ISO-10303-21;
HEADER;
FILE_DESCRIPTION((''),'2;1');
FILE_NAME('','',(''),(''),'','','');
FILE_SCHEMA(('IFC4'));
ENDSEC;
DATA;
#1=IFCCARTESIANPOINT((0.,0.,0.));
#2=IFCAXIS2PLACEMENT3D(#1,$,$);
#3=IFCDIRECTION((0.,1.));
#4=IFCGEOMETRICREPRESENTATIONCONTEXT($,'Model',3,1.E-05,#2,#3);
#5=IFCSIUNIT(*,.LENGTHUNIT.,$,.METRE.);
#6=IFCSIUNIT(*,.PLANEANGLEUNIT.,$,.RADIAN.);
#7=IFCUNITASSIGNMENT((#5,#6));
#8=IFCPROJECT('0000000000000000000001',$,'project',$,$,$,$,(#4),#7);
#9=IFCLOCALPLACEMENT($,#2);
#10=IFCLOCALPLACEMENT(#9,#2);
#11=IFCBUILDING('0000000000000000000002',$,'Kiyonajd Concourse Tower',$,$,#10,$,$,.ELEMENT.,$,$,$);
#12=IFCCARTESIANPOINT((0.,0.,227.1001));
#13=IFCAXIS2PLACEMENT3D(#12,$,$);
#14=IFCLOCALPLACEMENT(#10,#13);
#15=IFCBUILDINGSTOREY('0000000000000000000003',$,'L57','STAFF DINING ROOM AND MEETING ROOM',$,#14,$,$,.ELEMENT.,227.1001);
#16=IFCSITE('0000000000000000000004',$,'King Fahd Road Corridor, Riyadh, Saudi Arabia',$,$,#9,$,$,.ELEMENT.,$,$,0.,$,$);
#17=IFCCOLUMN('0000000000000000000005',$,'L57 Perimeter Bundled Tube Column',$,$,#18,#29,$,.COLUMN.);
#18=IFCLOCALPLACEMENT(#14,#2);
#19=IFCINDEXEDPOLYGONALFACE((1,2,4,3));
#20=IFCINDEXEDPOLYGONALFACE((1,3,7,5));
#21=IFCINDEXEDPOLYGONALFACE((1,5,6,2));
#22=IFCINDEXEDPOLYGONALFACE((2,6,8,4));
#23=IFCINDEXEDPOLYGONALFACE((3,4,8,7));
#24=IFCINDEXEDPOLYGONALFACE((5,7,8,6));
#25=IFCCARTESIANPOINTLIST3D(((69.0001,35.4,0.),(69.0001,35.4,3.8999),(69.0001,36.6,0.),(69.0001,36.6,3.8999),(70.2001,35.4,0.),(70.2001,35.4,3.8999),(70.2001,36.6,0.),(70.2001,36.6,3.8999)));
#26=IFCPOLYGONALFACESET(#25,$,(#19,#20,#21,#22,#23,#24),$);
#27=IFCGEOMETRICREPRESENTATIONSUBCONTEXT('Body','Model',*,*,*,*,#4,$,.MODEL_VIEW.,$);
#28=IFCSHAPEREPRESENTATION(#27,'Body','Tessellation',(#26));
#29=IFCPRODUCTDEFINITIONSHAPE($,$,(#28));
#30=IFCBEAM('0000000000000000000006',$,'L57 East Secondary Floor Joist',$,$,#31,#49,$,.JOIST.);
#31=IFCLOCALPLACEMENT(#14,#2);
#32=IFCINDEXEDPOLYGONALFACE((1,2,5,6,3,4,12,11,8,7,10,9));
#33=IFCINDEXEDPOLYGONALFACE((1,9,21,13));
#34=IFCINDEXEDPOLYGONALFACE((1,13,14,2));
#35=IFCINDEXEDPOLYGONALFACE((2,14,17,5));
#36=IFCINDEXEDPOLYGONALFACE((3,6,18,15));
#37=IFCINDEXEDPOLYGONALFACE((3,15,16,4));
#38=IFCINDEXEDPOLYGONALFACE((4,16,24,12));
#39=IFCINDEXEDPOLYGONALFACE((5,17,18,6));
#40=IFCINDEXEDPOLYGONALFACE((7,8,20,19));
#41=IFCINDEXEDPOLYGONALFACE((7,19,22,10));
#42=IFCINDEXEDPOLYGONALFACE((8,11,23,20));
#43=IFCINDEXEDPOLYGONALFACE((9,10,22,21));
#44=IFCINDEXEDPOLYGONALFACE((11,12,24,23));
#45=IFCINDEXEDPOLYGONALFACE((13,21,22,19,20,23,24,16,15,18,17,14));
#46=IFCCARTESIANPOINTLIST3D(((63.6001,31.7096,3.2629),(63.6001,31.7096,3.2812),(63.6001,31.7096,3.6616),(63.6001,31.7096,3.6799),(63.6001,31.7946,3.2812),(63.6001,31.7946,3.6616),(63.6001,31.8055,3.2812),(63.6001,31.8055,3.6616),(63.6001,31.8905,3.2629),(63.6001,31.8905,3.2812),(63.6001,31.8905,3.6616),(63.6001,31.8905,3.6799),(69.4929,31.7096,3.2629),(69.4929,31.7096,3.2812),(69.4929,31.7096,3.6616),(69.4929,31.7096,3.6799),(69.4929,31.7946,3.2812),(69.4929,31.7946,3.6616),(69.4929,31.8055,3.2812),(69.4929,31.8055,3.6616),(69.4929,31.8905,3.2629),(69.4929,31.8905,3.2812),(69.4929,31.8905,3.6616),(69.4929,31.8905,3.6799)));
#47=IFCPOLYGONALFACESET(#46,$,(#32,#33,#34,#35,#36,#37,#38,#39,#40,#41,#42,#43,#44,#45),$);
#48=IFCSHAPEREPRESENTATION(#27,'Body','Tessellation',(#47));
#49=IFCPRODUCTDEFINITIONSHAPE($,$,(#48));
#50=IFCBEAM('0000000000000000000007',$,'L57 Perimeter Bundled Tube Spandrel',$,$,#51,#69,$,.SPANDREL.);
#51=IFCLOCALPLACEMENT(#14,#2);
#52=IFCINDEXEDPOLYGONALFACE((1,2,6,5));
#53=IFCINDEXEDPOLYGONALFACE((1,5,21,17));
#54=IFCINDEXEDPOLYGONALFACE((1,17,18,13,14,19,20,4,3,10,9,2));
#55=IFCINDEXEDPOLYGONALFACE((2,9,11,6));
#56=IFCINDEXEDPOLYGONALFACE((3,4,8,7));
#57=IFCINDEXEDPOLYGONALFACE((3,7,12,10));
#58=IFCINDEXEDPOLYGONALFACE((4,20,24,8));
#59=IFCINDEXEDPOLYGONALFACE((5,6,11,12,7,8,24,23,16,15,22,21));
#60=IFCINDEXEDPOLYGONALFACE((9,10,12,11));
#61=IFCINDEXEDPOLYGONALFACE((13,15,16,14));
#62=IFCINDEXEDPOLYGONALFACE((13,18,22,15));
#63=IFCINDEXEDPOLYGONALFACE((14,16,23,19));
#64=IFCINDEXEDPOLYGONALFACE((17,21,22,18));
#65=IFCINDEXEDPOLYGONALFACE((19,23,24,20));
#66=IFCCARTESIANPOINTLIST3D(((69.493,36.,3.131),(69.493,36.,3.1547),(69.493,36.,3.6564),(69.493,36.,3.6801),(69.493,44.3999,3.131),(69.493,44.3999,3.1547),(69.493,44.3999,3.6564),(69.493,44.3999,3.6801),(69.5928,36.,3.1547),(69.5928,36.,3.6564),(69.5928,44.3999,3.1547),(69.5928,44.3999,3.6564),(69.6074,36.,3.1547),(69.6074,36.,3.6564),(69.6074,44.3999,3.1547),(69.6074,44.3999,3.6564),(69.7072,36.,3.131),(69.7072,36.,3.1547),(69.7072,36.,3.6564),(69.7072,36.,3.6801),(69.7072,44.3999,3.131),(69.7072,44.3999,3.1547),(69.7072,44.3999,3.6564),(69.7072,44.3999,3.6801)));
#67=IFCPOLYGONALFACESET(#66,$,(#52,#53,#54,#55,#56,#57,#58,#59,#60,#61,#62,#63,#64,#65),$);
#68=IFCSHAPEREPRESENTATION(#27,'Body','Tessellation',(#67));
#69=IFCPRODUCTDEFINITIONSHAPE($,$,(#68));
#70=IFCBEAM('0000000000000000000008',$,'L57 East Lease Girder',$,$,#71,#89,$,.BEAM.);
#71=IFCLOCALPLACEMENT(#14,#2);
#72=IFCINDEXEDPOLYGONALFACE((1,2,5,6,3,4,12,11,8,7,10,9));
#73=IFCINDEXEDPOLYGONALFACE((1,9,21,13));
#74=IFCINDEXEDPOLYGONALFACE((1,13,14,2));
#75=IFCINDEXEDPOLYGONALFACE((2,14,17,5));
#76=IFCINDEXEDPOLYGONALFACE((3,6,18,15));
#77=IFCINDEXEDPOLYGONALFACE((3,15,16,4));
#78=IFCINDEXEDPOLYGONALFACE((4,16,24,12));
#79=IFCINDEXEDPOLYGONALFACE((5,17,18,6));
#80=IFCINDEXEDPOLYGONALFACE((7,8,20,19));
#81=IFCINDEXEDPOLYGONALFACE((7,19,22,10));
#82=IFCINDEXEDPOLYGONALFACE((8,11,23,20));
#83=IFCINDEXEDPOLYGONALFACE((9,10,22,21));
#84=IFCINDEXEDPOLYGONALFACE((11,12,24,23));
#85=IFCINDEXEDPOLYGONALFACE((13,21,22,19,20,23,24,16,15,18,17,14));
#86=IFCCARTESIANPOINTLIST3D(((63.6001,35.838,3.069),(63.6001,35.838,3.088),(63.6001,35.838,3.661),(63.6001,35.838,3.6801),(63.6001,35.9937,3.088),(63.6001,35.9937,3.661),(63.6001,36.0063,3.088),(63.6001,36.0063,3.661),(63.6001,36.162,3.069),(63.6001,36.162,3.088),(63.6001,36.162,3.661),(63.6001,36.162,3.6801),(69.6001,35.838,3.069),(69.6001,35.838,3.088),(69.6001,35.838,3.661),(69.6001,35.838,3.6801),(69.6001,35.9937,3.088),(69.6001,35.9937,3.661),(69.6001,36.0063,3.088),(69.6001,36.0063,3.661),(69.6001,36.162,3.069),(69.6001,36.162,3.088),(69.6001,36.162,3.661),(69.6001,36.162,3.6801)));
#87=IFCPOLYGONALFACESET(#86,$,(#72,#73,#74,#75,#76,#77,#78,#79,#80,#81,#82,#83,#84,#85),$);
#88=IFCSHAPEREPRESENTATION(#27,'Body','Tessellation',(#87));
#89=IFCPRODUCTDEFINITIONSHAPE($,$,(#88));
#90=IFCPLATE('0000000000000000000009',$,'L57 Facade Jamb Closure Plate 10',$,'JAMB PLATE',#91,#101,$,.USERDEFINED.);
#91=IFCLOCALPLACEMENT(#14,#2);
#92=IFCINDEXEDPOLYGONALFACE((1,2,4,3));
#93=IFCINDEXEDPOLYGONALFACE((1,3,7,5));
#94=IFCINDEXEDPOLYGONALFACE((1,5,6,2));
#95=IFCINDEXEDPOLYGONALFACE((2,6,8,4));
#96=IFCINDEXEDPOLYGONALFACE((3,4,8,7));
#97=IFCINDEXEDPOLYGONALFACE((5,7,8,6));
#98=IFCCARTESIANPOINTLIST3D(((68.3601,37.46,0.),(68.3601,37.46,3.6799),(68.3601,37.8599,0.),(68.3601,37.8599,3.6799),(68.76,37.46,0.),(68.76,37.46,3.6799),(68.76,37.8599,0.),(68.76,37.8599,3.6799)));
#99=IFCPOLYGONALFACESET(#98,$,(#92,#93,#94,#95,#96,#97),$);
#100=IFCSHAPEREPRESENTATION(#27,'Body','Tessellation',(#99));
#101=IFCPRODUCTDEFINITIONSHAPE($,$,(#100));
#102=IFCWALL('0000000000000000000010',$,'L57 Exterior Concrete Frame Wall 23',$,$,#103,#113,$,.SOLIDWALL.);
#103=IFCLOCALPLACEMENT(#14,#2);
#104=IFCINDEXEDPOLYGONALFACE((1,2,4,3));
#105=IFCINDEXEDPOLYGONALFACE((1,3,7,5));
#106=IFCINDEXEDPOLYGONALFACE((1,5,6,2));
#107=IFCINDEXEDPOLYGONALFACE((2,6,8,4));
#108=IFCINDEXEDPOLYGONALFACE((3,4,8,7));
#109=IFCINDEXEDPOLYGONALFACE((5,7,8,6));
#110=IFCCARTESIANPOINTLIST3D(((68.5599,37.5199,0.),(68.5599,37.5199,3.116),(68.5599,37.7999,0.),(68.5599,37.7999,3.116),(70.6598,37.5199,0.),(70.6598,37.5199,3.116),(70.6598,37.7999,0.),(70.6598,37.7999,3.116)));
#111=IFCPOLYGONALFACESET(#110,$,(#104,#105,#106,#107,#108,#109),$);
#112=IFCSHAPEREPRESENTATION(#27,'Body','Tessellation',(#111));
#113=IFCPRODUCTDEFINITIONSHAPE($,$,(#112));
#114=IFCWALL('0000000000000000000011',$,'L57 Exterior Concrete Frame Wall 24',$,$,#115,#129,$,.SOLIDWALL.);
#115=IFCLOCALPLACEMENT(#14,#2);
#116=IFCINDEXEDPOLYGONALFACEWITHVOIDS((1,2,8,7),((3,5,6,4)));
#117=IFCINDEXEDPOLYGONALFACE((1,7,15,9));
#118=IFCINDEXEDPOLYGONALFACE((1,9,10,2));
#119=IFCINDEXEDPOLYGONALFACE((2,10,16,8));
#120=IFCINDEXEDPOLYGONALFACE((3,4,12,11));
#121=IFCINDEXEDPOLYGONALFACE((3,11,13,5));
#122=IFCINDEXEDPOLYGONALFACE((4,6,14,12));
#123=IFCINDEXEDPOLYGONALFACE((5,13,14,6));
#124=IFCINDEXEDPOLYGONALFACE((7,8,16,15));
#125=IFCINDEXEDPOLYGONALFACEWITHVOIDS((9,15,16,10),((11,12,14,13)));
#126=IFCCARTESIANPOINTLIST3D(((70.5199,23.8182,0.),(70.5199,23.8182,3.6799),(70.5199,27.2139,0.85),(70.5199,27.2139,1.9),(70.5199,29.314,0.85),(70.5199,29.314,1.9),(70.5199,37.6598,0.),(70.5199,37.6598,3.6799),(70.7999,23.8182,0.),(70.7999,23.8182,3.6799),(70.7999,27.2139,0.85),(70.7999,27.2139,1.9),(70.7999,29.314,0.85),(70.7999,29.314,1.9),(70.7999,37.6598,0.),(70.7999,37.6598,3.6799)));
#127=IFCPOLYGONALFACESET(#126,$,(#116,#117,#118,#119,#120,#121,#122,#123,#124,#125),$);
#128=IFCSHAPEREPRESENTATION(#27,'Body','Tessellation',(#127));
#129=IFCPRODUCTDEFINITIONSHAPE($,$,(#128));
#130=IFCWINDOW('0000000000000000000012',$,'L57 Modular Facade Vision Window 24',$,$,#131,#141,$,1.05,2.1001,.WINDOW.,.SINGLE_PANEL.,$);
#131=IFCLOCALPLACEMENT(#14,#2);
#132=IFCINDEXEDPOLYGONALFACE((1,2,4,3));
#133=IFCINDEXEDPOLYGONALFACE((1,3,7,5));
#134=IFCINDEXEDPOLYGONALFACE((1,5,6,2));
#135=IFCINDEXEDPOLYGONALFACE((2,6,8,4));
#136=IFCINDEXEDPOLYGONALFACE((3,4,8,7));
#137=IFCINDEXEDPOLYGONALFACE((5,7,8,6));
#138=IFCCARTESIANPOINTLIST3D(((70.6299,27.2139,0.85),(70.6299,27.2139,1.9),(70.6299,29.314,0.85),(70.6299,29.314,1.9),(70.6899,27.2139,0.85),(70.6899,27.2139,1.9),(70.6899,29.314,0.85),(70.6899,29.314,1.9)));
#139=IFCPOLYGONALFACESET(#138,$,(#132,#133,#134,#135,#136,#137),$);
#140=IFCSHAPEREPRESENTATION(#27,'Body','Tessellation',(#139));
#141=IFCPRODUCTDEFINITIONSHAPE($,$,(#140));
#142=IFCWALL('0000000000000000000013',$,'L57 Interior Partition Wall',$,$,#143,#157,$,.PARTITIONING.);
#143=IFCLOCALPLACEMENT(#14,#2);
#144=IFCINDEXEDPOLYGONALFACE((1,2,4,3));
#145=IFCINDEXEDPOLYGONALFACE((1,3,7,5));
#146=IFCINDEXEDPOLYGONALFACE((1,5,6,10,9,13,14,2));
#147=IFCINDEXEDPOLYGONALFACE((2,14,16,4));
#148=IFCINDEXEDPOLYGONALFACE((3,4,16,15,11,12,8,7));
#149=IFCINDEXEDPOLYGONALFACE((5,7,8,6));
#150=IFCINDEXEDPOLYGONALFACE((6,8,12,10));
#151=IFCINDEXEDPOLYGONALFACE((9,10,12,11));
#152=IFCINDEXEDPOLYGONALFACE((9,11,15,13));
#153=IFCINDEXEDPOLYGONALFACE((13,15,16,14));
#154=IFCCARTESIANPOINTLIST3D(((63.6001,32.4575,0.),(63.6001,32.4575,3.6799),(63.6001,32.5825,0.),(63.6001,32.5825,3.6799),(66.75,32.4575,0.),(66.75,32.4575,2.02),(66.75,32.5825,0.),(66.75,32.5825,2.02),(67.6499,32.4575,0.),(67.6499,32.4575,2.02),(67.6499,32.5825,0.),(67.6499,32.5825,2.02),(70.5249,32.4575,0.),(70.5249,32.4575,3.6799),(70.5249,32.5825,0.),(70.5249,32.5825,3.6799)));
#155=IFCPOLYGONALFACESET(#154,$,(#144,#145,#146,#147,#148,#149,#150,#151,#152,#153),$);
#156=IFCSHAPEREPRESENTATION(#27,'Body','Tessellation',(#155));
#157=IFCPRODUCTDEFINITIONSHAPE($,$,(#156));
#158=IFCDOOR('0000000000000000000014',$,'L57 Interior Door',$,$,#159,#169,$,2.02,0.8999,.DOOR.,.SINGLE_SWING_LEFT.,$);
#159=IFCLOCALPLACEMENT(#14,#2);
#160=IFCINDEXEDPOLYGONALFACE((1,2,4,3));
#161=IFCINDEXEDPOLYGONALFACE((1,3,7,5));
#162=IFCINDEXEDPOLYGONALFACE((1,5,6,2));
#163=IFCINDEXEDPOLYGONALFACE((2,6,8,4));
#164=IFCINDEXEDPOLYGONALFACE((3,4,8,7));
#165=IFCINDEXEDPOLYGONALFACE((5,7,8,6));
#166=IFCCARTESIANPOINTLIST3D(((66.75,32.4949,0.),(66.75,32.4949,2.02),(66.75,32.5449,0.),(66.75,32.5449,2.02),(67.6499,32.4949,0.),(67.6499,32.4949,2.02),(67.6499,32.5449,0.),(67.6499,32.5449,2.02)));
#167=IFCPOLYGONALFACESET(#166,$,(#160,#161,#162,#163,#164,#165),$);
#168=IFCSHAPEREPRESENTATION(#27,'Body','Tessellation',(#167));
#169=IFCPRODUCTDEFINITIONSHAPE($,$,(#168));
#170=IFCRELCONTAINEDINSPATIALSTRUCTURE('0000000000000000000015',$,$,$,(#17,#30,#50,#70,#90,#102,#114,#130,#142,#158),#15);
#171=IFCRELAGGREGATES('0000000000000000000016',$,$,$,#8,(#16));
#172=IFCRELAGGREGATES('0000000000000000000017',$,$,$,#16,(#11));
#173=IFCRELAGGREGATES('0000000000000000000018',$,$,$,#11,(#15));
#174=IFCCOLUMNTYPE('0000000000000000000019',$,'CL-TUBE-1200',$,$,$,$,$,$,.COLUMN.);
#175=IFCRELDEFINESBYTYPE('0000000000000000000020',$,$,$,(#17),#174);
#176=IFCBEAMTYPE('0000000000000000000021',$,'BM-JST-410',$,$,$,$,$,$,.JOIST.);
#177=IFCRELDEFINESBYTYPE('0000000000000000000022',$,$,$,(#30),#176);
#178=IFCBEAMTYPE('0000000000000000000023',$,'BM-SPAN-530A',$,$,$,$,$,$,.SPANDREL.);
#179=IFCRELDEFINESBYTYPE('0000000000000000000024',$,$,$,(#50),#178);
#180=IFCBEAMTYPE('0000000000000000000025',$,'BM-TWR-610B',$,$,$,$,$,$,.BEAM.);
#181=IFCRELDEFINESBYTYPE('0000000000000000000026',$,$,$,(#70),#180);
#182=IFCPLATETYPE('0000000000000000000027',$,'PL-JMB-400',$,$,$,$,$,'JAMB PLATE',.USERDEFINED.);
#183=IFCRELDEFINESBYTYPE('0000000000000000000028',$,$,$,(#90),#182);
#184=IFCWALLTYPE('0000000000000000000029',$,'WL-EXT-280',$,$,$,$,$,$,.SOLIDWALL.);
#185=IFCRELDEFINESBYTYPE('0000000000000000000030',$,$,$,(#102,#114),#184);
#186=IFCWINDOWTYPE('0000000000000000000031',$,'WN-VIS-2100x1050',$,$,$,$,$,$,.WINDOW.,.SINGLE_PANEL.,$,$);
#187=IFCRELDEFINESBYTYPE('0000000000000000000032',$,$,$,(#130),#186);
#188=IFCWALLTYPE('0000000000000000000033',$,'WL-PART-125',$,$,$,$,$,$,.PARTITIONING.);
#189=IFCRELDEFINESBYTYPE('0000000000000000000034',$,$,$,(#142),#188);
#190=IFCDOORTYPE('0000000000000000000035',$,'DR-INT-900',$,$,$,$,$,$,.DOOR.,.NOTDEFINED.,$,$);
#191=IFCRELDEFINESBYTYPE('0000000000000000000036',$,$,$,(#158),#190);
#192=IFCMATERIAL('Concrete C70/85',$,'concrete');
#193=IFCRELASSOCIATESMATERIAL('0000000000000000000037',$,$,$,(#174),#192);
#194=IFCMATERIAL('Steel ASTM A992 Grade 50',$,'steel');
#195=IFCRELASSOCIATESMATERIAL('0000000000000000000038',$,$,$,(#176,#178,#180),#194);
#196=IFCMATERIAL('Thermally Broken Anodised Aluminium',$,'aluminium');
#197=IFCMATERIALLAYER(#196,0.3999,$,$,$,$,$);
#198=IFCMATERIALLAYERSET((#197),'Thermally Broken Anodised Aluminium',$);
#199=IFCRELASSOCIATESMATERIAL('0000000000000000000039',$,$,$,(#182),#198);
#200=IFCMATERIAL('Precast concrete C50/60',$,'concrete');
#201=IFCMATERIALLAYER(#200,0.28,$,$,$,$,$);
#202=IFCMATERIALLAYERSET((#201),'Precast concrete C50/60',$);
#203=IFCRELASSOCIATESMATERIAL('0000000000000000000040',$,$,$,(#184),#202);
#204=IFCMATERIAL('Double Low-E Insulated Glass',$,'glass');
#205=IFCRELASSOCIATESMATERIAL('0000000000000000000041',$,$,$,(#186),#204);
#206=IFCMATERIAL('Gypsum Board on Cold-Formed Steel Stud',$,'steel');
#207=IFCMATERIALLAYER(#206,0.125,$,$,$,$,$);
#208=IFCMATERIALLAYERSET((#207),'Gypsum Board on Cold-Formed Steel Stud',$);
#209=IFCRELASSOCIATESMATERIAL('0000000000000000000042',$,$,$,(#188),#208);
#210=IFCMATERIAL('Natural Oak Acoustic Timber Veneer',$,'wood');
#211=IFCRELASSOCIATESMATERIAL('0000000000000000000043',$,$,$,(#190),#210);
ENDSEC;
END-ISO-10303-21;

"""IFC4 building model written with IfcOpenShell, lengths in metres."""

from ifc_helpers import new_model, si_unit, direction, frame, frame_2d, origin, origin_2d, place, context, subcontext, project, spatial, rectangle, i_section, extrude, material, layer, layer_set, material_profile, profile_set, type_object, element, fill, save


model = new_model("IFC4")

# Units and contexts
model_context = context("Model", 3, precision=1e-05, world=origin(), true_north=direction((0.0, 1.0)))
body_context = subcontext(model_context, "Body", "Model", "MODEL_VIEW")
ifc_project = project(units=[si_unit("LENGTHUNIT", "METRE"), si_unit("PLANEANGLEUNIT", "RADIAN")], contexts=[model_context])

# Site, building, storey
site_placement = place(None, origin())
site = spatial("IfcSite", under=ifc_project, at=site_placement, Name="King Fahd Road Corridor, Riyadh, Saudi Arabia", CompositionType="ELEMENT", RefElevation=0.0)
building_placement = place(site_placement, origin())
building = spatial("IfcBuilding", under=site, at=building_placement, Name="Kiyonajd Concourse Tower", CompositionType="ELEMENT")
storey_placement = place(building_placement, frame((0.0, 0.0, 227.1001)))
storey = spatial("IfcBuildingStorey", under=building, at=storey_placement, Name="L57", Description="STAFF DINING ROOM AND MEETING ROOM", CompositionType="ELEMENT", Elevation=227.1001)

# Column
ifc_material_1 = material(Name="Concrete C70/85", Category="concrete")
ifc_material_profile_1 = material_profile(ifc_material_1, rectangle(XDim=1.2, YDim=1.2, at=origin_2d()), Name="RC-1200x1200")
ifc_profile_set_1 = profile_set([ifc_material_profile_1], Name="Concrete C70/85")
column_type = type_object("IfcColumnType", Name="CL-TUBE-1200", PredefinedType="COLUMN", material=ifc_profile_set_1)
column_placement = place(storey_placement, frame((69.6001, 36.0, 0.0), z_axis=(0.0, 0.0, 1.0), x_axis=(1.0, 0.0, 0.0)))
element("IfcColumn", 1, at=column_placement, inside=storey, type_object=column_type, Name="L57 Perimeter Bundled Tube Column", PredefinedType="COLUMN", context=body_context, shape_type="SweptSolid", body=[
    extrude(rectangle(XDim=1.2, YDim=1.2, at=origin_2d()), origin(), (0.0, 0.0, 1.0), 3.8999),
])

# Beams
ifc_material_2 = material(Name="Steel ASTM A992 Grade 50", Category="steel")
ifc_material_profile_2 = material_profile(ifc_material_2, i_section(OverallWidth=0.1809, OverallDepth=0.417, WebThickness=0.011, FlangeThickness=0.0183, at=origin_2d()), Name="W410X85")
ifc_profile_set_2 = profile_set([ifc_material_profile_2], Name="Steel ASTM A992 Grade 50")
beam_type_1 = type_object("IfcBeamType", Name="BM-JST-410", PredefinedType="JOIST", material=ifc_profile_set_2)
beam_1_placement = place(storey_placement, frame((63.6001, 31.8, 3.4714), z_axis=(1.0, 0.0, 0.0), x_axis=(0.0, 1.0, 0.0)))
element("IfcBeam", 2, at=beam_1_placement, inside=storey, type_object=beam_type_1, Name="L57 East Secondary Floor Joist", PredefinedType="JOIST", context=body_context, shape_type="SweptSolid", body=[
    extrude(i_section(OverallWidth=0.1809, OverallDepth=0.417, WebThickness=0.011, FlangeThickness=0.0183, at=origin_2d()), origin(), (0.0, 0.0, 1.0), 5.8928),
])
ifc_material_profile_3 = material_profile(ifc_material_2, i_section(OverallWidth=0.2141, OverallDepth=0.5491, WebThickness=0.0146, FlangeThickness=0.0237, at=origin_2d()), Name="W530X138")
ifc_profile_set_3 = profile_set([ifc_material_profile_3], Name="Steel ASTM A992 Grade 50")
beam_type_2 = type_object("IfcBeamType", Name="BM-SPAN-530A", PredefinedType="SPANDREL", material=ifc_profile_set_3)
beam_2_placement = place(storey_placement, frame((69.6001, 36.0, 3.4055), z_axis=(0.0, 1.0, 0.0), x_axis=(-1.0, 0.0, 0.0)))
element("IfcBeam", 3, at=beam_2_placement, inside=storey, type_object=beam_type_2, Name="L57 Perimeter Bundled Tube Spandrel", PredefinedType="SPANDREL", context=body_context, shape_type="SweptSolid", body=[
    extrude(i_section(OverallWidth=0.2141, OverallDepth=0.5491, WebThickness=0.0146, FlangeThickness=0.0237, at=origin_2d()), origin(), (0.0, 0.0, 1.0), 8.3999),
])
ifc_material_profile_4 = material_profile(ifc_material_2, i_section(OverallWidth=0.324, OverallDepth=0.6111, WebThickness=0.0127, FlangeThickness=0.019, at=origin_2d()), Name="W610X155")
ifc_profile_set_4 = profile_set([ifc_material_profile_4], Name="Steel ASTM A992 Grade 50")
beam_type_3 = type_object("IfcBeamType", Name="BM-TWR-610B", PredefinedType="BEAM", material=ifc_profile_set_4)
beam_3_placement = place(storey_placement, frame((63.6001, 36.0, 3.3745), z_axis=(1.0, 0.0, 0.0), x_axis=(0.0, 1.0, 0.0)))
element("IfcBeam", 4, at=beam_3_placement, inside=storey, type_object=beam_type_3, Name="L57 East Lease Girder", PredefinedType="BEAM", context=body_context, shape_type="SweptSolid", body=[
    extrude(i_section(OverallWidth=0.324, OverallDepth=0.6111, WebThickness=0.0127, FlangeThickness=0.019, at=origin_2d()), origin(), (0.0, 0.0, 1.0), 6.0),
])

# Plate
ifc_material_3 = material(Name="Thermally Broken Anodised Aluminium", Category="aluminium")
ifc_layer_1 = layer(ifc_material_3, 0.3999)
ifc_layer_set_1 = layer_set([ifc_layer_1], Name="Thermally Broken Anodised Aluminium")
plate_type = type_object("IfcPlateType", Name="PL-JMB-400", ElementType="JAMB PLATE", PredefinedType="USERDEFINED", material=ifc_layer_set_1)
plate_placement = place(storey_placement, frame((68.5601, 37.6599, 0.0), z_axis=(0.0, 0.0, 1.0), x_axis=(1.0, 0.0, 0.0)))
element("IfcPlate", 5, at=plate_placement, inside=storey, type_object=plate_type, Name="L57 Facade Jamb Closure Plate 10", ObjectType="JAMB PLATE", PredefinedType="USERDEFINED", context=body_context, shape_type="SweptSolid", body=[
    extrude(rectangle(XDim=0.3999, YDim=0.3999, at=origin_2d()), origin(), (0.0, 0.0, 1.0), 3.6799),
])

# Wall
ifc_material_4 = material(Name="Precast concrete C50/60", Category="concrete")
ifc_layer_2 = layer(ifc_material_4, 0.28)
ifc_layer_set_2 = layer_set([ifc_layer_2], Name="Precast concrete C50/60")
wall_type_1 = type_object("IfcWallType", Name="WL-EXT-280", PredefinedType="SOLIDWALL", material=ifc_layer_set_2)
wall_1_placement = place(storey_placement, frame((68.5601, 37.6599, 0.0), z_axis=(0.0, 0.0, 1.0), x_axis=(1.0, 0.0, 0.0)))
element("IfcWall", 6, at=wall_1_placement, inside=storey, type_object=wall_type_1, Name="L57 Exterior Concrete Frame Wall 23", PredefinedType="SOLIDWALL", context=body_context, shape_type="SweptSolid", body=[
    extrude(rectangle(XDim=2.0999, YDim=0.28, at=frame_2d((1.0498, 0.0))), origin(), (0.0, 0.0, 1.0), 3.116),
])

# Wall, opening, window
wall_2_placement = place(storey_placement, frame((70.6599, 37.6599, 0.0), z_axis=(0.0, 0.0, 1.0), x_axis=(0.0, -1.0, 0.0)))
wall_2 = element("IfcWall", 7, at=wall_2_placement, inside=storey, type_object=wall_type_1, Name="L57 Exterior Concrete Frame Wall 24", PredefinedType="SOLIDWALL", context=body_context, shape_type="SweptSolid", body=[
    extrude(rectangle(XDim=13.8416, YDim=0.28, at=frame_2d((6.9209, 0.0))), origin(), (0.0, 0.0, 1.0), 3.6799),
])
opening_1_placement = place(wall_2_placement, frame((8.3459, 0.0, 0.8501)))
opening_1 = element("IfcOpeningElement", 8, at=opening_1_placement, cuts=wall_2, PredefinedType="OPENING", context=body_context, shape_type="SweptSolid", body=[
    extrude(rectangle(XDim=2.1001, YDim=1.05, at=frame_2d((1.05, 0.5249))), frame((0.0, 0.1499, 0.0), z_axis=(0.0, -1.0, 0.0), x_axis=(1.0, 0.0, 0.0)), (0.0, 0.0, 1.0), 0.3),
])
ifc_material_5 = material(Name="Double Low-E Insulated Glass", Category="glass")
window_type = type_object("IfcWindowType", Name="WN-VIS-2100x1050", PartitioningType="SINGLE_PANEL", PredefinedType="WINDOW", material=ifc_material_5)
window_placement = place(opening_1_placement, origin())
window = element("IfcWindow", 9, at=window_placement, inside=storey, type_object=window_type, Name="L57 Modular Facade Vision Window 24", OverallHeight=1.05, OverallWidth=2.1001, PartitioningType="SINGLE_PANEL", PredefinedType="WINDOW", context=body_context, shape_type="SweptSolid", body=[
    extrude(rectangle(XDim=2.1001, YDim=1.05, at=frame_2d((1.05, 0.5249))), frame((0.0, 0.03, 0.0), z_axis=(0.0, -1.0, 0.0), x_axis=(1.0, 0.0, 0.0)), (0.0, 0.0, 1.0), 0.0601),
])
fill(opening_1, window)

# Wall, opening, door
ifc_material_6 = material(Name="Gypsum Board on Cold-Formed Steel Stud", Category="steel")
ifc_layer_3 = layer(ifc_material_6, 0.125)
ifc_layer_set_3 = layer_set([ifc_layer_3], Name="Gypsum Board on Cold-Formed Steel Stud")
wall_type_2 = type_object("IfcWallType", Name="WL-PART-125", PredefinedType="PARTITIONING", material=ifc_layer_set_3)
wall_3_placement = place(storey_placement, frame((63.6001, 32.52, 0.0), z_axis=(0.0, 0.0, 1.0), x_axis=(1.0, 0.0, 0.0)))
wall_3 = element("IfcWall", 10, at=wall_3_placement, inside=storey, type_object=wall_type_2, Name="L57 Interior Partition Wall", PredefinedType="PARTITIONING", context=body_context, shape_type="SweptSolid", body=[
    extrude(rectangle(XDim=6.9248, YDim=0.125, at=frame_2d((3.4624, 0.0))), origin(), (0.0, 0.0, 1.0), 3.6799),
])
opening_2_placement = place(wall_3_placement, frame((3.1499, 0.0, 0.0)))
opening_2 = element("IfcOpeningElement", 11, at=opening_2_placement, cuts=wall_3, PredefinedType="OPENING", context=body_context, shape_type="SweptSolid", body=[
    extrude(rectangle(XDim=0.8999, YDim=2.02, at=frame_2d((0.45, 1.01))), frame((0.0, 0.0725, 0.0), z_axis=(0.0, -1.0, 0.0), x_axis=(1.0, 0.0, 0.0)), (0.0, 0.0, 1.0), 0.145),
])
ifc_material_7 = material(Name="Natural Oak Acoustic Timber Veneer", Category="wood")
door_type_1 = type_object("IfcDoorType", Name="DR-INT-900", OperationType="NOTDEFINED", PredefinedType="DOOR", material=ifc_material_7)
door_1_placement = place(opening_2_placement, origin())
door_1 = element("IfcDoor", 12, at=door_1_placement, inside=storey, type_object=door_type_1, Name="L57 Interior Door", OperationType="SINGLE_SWING_LEFT", OverallHeight=2.02, OverallWidth=0.8999, PredefinedType="DOOR", context=body_context, shape_type="SweptSolid", body=[
    extrude(rectangle(XDim=0.8999, YDim=2.02, at=frame_2d((0.45, 1.01))), frame((0.0, 0.0249, 0.0), z_axis=(0.0, -1.0, 0.0), x_axis=(1.0, 0.0, 0.0)), (0.0, 0.0, 1.0), 0.05),
])
fill(opening_2, door_1)

save(model, "model.ifc")
